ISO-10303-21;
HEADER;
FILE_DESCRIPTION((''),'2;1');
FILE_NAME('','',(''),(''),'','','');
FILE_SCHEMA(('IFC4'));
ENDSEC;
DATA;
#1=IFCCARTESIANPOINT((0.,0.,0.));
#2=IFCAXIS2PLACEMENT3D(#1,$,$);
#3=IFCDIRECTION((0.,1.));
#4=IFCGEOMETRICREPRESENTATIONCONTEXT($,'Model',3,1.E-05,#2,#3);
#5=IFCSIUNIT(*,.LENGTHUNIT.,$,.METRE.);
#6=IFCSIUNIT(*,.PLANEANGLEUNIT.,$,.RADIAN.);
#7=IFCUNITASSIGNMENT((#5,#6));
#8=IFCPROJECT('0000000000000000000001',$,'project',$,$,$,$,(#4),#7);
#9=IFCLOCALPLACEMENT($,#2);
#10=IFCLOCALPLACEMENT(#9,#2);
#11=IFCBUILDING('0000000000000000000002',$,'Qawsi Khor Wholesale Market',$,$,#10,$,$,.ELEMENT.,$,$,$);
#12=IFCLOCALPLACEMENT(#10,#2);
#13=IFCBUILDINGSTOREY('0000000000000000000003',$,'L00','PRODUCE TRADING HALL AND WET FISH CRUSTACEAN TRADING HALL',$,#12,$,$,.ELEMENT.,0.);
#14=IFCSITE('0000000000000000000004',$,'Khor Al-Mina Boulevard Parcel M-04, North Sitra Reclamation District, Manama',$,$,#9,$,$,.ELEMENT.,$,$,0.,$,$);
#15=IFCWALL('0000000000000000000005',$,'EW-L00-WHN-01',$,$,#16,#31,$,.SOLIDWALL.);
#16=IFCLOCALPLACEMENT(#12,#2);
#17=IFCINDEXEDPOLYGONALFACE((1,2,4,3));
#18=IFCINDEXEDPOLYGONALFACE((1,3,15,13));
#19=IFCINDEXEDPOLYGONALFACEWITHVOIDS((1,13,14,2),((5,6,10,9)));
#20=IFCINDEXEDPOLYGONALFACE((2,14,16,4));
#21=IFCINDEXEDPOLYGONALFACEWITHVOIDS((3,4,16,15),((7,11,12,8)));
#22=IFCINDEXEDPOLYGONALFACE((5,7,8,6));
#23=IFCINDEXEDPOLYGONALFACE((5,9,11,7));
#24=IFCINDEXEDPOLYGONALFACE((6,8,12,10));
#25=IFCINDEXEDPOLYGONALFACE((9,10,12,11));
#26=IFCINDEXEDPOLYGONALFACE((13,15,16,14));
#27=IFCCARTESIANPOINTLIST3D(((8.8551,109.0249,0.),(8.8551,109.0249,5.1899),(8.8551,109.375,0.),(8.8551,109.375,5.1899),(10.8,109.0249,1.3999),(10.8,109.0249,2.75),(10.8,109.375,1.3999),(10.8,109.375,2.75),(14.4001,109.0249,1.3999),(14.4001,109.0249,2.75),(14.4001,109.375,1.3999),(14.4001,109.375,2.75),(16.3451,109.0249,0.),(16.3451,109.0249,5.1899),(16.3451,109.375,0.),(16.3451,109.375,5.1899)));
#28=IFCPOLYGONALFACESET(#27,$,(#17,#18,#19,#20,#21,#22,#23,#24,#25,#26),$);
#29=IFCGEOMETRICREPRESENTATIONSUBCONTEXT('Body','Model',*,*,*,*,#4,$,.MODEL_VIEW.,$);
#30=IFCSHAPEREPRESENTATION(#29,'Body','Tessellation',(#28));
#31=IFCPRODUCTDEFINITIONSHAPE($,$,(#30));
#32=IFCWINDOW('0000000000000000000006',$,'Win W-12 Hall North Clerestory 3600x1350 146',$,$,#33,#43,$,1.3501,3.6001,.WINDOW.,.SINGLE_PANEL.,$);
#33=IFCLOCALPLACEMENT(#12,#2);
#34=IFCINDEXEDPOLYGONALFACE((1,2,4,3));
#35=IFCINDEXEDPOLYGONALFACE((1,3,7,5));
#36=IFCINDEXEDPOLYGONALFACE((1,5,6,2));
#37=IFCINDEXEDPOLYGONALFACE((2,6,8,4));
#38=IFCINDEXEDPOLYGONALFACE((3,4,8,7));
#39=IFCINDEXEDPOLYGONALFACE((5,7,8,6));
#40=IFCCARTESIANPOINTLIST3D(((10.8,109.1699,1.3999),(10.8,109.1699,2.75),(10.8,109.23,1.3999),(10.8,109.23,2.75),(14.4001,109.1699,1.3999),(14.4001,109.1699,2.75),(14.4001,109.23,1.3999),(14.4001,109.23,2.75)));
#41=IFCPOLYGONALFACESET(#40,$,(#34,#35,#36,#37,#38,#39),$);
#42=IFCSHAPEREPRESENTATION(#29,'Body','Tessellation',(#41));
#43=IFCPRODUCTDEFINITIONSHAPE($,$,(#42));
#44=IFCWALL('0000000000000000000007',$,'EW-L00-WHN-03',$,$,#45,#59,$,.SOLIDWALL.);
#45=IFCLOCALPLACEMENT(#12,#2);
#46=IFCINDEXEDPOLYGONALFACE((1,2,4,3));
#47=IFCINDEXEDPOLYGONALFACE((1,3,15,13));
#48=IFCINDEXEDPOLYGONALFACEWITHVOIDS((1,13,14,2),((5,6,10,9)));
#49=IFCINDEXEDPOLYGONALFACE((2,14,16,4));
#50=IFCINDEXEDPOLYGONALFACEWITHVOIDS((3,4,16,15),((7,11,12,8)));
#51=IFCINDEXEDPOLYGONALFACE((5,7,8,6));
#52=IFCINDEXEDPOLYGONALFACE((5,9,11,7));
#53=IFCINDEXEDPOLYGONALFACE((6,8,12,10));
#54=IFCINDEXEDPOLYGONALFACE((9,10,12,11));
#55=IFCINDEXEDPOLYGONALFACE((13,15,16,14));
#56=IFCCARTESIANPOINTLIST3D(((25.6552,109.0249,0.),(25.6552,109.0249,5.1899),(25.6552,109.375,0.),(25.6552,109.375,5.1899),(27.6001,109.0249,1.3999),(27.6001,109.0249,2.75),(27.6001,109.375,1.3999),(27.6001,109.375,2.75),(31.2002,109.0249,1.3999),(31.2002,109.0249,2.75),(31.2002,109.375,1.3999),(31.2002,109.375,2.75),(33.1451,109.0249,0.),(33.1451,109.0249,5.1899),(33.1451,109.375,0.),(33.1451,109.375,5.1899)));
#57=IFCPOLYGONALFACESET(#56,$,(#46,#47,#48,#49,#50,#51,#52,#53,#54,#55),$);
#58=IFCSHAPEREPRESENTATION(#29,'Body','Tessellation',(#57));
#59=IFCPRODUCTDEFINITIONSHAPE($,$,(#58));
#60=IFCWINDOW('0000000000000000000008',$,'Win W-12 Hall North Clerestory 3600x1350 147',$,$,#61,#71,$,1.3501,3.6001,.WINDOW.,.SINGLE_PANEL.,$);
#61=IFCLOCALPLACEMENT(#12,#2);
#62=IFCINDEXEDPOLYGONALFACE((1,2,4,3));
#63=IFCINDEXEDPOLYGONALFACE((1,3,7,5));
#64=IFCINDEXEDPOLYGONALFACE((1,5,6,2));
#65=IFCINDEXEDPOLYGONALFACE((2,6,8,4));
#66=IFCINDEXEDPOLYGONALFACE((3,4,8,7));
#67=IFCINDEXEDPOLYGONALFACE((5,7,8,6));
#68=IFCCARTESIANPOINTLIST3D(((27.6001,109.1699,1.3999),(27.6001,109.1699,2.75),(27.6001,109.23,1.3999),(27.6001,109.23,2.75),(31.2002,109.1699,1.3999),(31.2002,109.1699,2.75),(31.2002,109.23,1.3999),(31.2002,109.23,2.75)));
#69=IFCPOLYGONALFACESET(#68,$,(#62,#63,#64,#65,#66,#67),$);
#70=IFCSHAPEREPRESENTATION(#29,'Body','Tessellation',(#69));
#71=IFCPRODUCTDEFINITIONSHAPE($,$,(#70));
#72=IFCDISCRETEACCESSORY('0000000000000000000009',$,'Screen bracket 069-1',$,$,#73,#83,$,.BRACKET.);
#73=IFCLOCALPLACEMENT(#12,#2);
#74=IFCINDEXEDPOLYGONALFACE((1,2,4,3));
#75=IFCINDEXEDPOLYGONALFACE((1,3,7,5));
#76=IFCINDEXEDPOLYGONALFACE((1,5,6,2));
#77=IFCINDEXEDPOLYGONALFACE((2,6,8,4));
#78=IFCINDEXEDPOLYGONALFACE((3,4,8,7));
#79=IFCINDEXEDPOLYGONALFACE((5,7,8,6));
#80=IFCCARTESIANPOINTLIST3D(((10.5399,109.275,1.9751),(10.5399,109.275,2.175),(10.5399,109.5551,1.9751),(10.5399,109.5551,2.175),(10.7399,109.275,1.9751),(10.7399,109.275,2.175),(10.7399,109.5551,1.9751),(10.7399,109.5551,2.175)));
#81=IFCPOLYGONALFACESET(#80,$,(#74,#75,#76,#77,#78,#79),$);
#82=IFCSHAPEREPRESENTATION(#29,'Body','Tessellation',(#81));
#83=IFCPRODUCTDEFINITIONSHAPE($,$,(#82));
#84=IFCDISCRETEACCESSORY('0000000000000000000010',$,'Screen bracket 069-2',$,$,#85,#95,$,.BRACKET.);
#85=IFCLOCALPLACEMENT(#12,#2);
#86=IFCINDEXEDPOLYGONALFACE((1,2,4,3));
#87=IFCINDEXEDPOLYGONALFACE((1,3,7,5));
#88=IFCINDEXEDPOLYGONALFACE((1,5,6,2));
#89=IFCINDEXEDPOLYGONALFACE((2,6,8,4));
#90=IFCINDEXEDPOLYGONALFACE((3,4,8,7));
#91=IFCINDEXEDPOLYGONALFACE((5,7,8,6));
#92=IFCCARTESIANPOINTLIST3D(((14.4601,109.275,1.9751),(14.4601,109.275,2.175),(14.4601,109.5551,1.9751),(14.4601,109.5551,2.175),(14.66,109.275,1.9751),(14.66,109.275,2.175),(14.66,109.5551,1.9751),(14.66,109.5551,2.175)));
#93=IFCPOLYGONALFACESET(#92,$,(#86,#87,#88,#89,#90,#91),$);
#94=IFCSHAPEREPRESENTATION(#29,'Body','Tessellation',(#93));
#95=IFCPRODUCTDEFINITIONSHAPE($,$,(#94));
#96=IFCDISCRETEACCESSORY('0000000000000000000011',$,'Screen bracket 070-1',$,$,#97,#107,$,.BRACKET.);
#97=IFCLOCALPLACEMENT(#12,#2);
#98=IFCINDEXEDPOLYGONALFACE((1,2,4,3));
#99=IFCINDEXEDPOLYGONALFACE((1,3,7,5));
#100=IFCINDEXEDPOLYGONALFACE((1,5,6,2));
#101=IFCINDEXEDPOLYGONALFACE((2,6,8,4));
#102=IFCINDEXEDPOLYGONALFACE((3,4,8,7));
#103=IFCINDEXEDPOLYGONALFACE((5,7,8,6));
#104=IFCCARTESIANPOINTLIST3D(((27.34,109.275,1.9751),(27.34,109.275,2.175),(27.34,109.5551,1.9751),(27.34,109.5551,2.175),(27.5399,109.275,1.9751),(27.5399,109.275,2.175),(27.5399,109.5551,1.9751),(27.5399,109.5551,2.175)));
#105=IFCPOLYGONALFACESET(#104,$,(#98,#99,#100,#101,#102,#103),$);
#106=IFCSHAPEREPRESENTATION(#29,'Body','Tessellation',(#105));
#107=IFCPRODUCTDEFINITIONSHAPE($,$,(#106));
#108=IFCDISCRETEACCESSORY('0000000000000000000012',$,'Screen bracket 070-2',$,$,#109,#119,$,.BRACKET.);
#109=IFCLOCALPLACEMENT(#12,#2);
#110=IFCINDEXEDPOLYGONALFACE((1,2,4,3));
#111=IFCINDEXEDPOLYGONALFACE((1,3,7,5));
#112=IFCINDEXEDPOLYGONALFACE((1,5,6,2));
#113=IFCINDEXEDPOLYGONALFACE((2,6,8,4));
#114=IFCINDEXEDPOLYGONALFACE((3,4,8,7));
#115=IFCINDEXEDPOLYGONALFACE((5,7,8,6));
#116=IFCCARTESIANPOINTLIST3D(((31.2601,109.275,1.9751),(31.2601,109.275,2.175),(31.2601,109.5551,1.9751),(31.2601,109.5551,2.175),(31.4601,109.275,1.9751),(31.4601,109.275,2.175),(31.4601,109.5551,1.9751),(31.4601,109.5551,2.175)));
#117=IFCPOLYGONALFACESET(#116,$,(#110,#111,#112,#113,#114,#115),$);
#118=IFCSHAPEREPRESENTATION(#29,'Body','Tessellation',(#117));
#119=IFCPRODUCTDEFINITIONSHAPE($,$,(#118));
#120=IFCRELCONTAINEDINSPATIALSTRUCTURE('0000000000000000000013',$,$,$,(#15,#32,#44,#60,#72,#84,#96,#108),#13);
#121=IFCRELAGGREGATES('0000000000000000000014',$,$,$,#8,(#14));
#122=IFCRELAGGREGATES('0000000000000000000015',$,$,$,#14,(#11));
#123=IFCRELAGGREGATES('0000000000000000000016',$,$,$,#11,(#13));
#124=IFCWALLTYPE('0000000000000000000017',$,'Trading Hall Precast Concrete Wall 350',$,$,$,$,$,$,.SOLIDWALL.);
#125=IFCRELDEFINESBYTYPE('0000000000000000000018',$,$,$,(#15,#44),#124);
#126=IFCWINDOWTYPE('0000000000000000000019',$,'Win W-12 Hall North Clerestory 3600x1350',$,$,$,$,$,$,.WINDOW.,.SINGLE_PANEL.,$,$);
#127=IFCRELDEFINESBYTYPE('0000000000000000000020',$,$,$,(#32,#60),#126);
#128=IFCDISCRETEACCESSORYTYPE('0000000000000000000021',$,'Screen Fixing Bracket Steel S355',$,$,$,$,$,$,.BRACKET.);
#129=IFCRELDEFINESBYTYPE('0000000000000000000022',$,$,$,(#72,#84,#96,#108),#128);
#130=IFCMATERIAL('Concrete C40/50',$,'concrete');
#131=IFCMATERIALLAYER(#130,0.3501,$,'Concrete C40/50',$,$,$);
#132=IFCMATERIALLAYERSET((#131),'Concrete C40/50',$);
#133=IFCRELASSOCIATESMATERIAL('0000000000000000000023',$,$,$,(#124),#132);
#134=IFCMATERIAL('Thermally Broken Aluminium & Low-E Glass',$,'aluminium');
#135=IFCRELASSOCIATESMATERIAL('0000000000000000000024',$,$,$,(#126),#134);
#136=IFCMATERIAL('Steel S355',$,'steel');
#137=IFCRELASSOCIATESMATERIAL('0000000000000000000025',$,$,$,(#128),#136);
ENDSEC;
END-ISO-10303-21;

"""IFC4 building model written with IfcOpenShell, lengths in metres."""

from ifc_helpers import new_model, si_unit, direction, frame, frame_2d, origin, origin_2d, place, context, subcontext, project, spatial, rectangle, extrude, material, layer, layer_set, type_object, element, fill, save


model = new_model("IFC4")

# Units and contexts
model_context = context("Model", 3, precision=1e-05, world=origin(), true_north=direction((0.0, 1.0)))
body_context = subcontext(model_context, "Body", "Model", "MODEL_VIEW")
ifc_project = project(units=[si_unit("LENGTHUNIT", "METRE"), si_unit("PLANEANGLEUNIT", "RADIAN")], contexts=[model_context])

# Site, building, storey
site_placement = place(None, origin())
site = spatial("IfcSite", under=ifc_project, at=site_placement, Name="Khor Al-Mina Boulevard Parcel M-04, North Sitra Reclamation District, Manama", CompositionType="ELEMENT", RefElevation=0.0)
building_placement = place(site_placement, origin())
building = spatial("IfcBuilding", under=site, at=building_placement, Name="Qawsi Khor Wholesale Market", CompositionType="ELEMENT")
storey_placement = place(building_placement, origin())
storey = spatial("IfcBuildingStorey", under=building, at=storey_placement, Name="L00", Description="PRODUCE TRADING HALL AND WET FISH CRUSTACEAN TRADING HALL", CompositionType="ELEMENT", Elevation=0.0)

# Shared definitions
ifc_material_1 = material(Name="Concrete C40/50", Category="concrete")

# Walls, openings, windows
ifc_layer_1 = layer(ifc_material_1, 0.3501, Name="Concrete C40/50")
ifc_layer_set_1 = layer_set([ifc_layer_1], Name="Concrete C40/50")
wall_type_1 = type_object("IfcWallType", Name="Trading Hall Precast Concrete Wall 350", PredefinedType="SOLIDWALL", material=ifc_layer_set_1)
wall_1_placement = place(storey_placement, frame((8.855, 109.2, 0.0), z_axis=(0.0, 0.0, 1.0), x_axis=(1.0, 0.0, 0.0)))
wall_1 = element("IfcWall", 1, at=wall_1_placement, inside=storey, type_object=wall_type_1, Name="EW-L00-WHN-01", PredefinedType="SOLIDWALL", context=body_context, shape_type="SweptSolid", body=[
    extrude(rectangle(XDim=7.49, YDim=0.3501, at=frame_2d((3.7451, 0.0))), origin(), (0.0, 0.0, 1.0), 5.1899),
])
opening_1_placement = place(wall_1_placement, frame((1.9451, 0.0, 1.3999)))
opening_1 = element("IfcOpeningElement", 2, at=opening_1_placement, cuts=wall_1, PredefinedType="OPENING", context=body_context, shape_type="SweptSolid", body=[
    extrude(rectangle(XDim=3.6001, YDim=1.3501, at=frame_2d((1.8, 0.675))), frame((0.0, 0.1851, 0.0), z_axis=(0.0, -1.0, 0.0), x_axis=(1.0, 0.0, 0.0)), (0.0, 0.0, 1.0), 0.3701),
])
ifc_material_2 = material(Name="Thermally Broken Aluminium & Low-E Glass", Category="aluminium")
window_type = type_object("IfcWindowType", Name="Win W-12 Hall North Clerestory 3600x1350", PartitioningType="SINGLE_PANEL", PredefinedType="WINDOW", material=ifc_material_2)
window_1_placement = place(opening_1_placement, origin())
window_1 = element("IfcWindow", 3, at=window_1_placement, inside=storey, type_object=window_type, Name="Win W-12 Hall North Clerestory 3600x1350 146", OverallHeight=1.3501, OverallWidth=3.6001, PartitioningType="SINGLE_PANEL", PredefinedType="WINDOW", context=body_context, shape_type="SweptSolid", body=[
    extrude(rectangle(XDim=3.6001, YDim=1.3501, at=frame_2d((1.8, 0.675))), frame((0.0, 0.03, 0.0), z_axis=(0.0, -1.0, 0.0), x_axis=(1.0, 0.0, 0.0)), (0.0, 0.0, 1.0), 0.0601),
])
fill(opening_1, window_1)
wall_2_placement = place(storey_placement, frame((25.655, 109.2, 0.0), z_axis=(0.0, 0.0, 1.0), x_axis=(1.0, 0.0, 0.0)))
wall_2 = element("IfcWall", 4, at=wall_2_placement, inside=storey, type_object=wall_type_1, Name="EW-L00-WHN-03", PredefinedType="SOLIDWALL", context=body_context, shape_type="SweptSolid", body=[
    extrude(rectangle(XDim=7.49, YDim=0.3501, at=frame_2d((3.7451, 0.0))), origin(), (0.0, 0.0, 1.0), 5.1899),
])
opening_2_placement = place(wall_2_placement, frame((1.9451, 0.0, 1.3999)))
opening_2 = element("IfcOpeningElement", 5, at=opening_2_placement, cuts=wall_2, PredefinedType="OPENING", context=body_context, shape_type="SweptSolid", body=[
    extrude(rectangle(XDim=3.6001, YDim=1.3501, at=frame_2d((1.8, 0.675))), frame((0.0, 0.1851, 0.0), z_axis=(0.0, -1.0, 0.0), x_axis=(1.0, 0.0, 0.0)), (0.0, 0.0, 1.0), 0.3701),
])
window_2_placement = place(opening_2_placement, origin())
window_2 = element("IfcWindow", 6, at=window_2_placement, inside=storey, type_object=window_type, Name="Win W-12 Hall North Clerestory 3600x1350 147", OverallHeight=1.3501, OverallWidth=3.6001, PartitioningType="SINGLE_PANEL", PredefinedType="WINDOW", context=body_context, shape_type="SweptSolid", body=[
    extrude(rectangle(XDim=3.6001, YDim=1.3501, at=frame_2d((1.8, 0.675))), frame((0.0, 0.03, 0.0), z_axis=(0.0, -1.0, 0.0), x_axis=(1.0, 0.0, 0.0)), (0.0, 0.0, 1.0), 0.0601),
])
fill(opening_2, window_2)

# Discrete accessories
ifc_material_3 = material(Name="Steel S355", Category="steel")
discrete_accessory_type = type_object("IfcDiscreteAccessoryType", Name="Screen Fixing Bracket Steel S355", PredefinedType="BRACKET", material=ifc_material_3)
for number, where, z_axis, x_axis, name in (
    (7, (10.6399, 109.415, 1.9751), (0.0, 0.0, 1.0), (1.0, 0.0, 0.0), "Screen bracket 069-1"),
    (8, (14.5601, 109.415, 1.9751), (0.0, 0.0, 1.0), (1.0, 0.0, 0.0), "Screen bracket 069-2"),
    (9, (27.4399, 109.415, 1.9751), (0.0, 0.0, 1.0), (1.0, 0.0, 0.0), "Screen bracket 070-1"),
    (10, (31.3601, 109.415, 1.9751), (0.0, 0.0, 1.0), (1.0, 0.0, 0.0), "Screen bracket 070-2"),
):
    element("IfcDiscreteAccessory", number, at=place(storey_placement, frame(where, z_axis=z_axis, x_axis=x_axis)), inside=storey, type_object=discrete_accessory_type, Name=name, PredefinedType="BRACKET", context=body_context, shape_type="SweptSolid", body=[
        extrude(rectangle(XDim=0.2, YDim=0.28, at=origin_2d()), origin(), (0.0, 0.0, 1.0), 0.2),
    ])

save(model, "model.ifc")
